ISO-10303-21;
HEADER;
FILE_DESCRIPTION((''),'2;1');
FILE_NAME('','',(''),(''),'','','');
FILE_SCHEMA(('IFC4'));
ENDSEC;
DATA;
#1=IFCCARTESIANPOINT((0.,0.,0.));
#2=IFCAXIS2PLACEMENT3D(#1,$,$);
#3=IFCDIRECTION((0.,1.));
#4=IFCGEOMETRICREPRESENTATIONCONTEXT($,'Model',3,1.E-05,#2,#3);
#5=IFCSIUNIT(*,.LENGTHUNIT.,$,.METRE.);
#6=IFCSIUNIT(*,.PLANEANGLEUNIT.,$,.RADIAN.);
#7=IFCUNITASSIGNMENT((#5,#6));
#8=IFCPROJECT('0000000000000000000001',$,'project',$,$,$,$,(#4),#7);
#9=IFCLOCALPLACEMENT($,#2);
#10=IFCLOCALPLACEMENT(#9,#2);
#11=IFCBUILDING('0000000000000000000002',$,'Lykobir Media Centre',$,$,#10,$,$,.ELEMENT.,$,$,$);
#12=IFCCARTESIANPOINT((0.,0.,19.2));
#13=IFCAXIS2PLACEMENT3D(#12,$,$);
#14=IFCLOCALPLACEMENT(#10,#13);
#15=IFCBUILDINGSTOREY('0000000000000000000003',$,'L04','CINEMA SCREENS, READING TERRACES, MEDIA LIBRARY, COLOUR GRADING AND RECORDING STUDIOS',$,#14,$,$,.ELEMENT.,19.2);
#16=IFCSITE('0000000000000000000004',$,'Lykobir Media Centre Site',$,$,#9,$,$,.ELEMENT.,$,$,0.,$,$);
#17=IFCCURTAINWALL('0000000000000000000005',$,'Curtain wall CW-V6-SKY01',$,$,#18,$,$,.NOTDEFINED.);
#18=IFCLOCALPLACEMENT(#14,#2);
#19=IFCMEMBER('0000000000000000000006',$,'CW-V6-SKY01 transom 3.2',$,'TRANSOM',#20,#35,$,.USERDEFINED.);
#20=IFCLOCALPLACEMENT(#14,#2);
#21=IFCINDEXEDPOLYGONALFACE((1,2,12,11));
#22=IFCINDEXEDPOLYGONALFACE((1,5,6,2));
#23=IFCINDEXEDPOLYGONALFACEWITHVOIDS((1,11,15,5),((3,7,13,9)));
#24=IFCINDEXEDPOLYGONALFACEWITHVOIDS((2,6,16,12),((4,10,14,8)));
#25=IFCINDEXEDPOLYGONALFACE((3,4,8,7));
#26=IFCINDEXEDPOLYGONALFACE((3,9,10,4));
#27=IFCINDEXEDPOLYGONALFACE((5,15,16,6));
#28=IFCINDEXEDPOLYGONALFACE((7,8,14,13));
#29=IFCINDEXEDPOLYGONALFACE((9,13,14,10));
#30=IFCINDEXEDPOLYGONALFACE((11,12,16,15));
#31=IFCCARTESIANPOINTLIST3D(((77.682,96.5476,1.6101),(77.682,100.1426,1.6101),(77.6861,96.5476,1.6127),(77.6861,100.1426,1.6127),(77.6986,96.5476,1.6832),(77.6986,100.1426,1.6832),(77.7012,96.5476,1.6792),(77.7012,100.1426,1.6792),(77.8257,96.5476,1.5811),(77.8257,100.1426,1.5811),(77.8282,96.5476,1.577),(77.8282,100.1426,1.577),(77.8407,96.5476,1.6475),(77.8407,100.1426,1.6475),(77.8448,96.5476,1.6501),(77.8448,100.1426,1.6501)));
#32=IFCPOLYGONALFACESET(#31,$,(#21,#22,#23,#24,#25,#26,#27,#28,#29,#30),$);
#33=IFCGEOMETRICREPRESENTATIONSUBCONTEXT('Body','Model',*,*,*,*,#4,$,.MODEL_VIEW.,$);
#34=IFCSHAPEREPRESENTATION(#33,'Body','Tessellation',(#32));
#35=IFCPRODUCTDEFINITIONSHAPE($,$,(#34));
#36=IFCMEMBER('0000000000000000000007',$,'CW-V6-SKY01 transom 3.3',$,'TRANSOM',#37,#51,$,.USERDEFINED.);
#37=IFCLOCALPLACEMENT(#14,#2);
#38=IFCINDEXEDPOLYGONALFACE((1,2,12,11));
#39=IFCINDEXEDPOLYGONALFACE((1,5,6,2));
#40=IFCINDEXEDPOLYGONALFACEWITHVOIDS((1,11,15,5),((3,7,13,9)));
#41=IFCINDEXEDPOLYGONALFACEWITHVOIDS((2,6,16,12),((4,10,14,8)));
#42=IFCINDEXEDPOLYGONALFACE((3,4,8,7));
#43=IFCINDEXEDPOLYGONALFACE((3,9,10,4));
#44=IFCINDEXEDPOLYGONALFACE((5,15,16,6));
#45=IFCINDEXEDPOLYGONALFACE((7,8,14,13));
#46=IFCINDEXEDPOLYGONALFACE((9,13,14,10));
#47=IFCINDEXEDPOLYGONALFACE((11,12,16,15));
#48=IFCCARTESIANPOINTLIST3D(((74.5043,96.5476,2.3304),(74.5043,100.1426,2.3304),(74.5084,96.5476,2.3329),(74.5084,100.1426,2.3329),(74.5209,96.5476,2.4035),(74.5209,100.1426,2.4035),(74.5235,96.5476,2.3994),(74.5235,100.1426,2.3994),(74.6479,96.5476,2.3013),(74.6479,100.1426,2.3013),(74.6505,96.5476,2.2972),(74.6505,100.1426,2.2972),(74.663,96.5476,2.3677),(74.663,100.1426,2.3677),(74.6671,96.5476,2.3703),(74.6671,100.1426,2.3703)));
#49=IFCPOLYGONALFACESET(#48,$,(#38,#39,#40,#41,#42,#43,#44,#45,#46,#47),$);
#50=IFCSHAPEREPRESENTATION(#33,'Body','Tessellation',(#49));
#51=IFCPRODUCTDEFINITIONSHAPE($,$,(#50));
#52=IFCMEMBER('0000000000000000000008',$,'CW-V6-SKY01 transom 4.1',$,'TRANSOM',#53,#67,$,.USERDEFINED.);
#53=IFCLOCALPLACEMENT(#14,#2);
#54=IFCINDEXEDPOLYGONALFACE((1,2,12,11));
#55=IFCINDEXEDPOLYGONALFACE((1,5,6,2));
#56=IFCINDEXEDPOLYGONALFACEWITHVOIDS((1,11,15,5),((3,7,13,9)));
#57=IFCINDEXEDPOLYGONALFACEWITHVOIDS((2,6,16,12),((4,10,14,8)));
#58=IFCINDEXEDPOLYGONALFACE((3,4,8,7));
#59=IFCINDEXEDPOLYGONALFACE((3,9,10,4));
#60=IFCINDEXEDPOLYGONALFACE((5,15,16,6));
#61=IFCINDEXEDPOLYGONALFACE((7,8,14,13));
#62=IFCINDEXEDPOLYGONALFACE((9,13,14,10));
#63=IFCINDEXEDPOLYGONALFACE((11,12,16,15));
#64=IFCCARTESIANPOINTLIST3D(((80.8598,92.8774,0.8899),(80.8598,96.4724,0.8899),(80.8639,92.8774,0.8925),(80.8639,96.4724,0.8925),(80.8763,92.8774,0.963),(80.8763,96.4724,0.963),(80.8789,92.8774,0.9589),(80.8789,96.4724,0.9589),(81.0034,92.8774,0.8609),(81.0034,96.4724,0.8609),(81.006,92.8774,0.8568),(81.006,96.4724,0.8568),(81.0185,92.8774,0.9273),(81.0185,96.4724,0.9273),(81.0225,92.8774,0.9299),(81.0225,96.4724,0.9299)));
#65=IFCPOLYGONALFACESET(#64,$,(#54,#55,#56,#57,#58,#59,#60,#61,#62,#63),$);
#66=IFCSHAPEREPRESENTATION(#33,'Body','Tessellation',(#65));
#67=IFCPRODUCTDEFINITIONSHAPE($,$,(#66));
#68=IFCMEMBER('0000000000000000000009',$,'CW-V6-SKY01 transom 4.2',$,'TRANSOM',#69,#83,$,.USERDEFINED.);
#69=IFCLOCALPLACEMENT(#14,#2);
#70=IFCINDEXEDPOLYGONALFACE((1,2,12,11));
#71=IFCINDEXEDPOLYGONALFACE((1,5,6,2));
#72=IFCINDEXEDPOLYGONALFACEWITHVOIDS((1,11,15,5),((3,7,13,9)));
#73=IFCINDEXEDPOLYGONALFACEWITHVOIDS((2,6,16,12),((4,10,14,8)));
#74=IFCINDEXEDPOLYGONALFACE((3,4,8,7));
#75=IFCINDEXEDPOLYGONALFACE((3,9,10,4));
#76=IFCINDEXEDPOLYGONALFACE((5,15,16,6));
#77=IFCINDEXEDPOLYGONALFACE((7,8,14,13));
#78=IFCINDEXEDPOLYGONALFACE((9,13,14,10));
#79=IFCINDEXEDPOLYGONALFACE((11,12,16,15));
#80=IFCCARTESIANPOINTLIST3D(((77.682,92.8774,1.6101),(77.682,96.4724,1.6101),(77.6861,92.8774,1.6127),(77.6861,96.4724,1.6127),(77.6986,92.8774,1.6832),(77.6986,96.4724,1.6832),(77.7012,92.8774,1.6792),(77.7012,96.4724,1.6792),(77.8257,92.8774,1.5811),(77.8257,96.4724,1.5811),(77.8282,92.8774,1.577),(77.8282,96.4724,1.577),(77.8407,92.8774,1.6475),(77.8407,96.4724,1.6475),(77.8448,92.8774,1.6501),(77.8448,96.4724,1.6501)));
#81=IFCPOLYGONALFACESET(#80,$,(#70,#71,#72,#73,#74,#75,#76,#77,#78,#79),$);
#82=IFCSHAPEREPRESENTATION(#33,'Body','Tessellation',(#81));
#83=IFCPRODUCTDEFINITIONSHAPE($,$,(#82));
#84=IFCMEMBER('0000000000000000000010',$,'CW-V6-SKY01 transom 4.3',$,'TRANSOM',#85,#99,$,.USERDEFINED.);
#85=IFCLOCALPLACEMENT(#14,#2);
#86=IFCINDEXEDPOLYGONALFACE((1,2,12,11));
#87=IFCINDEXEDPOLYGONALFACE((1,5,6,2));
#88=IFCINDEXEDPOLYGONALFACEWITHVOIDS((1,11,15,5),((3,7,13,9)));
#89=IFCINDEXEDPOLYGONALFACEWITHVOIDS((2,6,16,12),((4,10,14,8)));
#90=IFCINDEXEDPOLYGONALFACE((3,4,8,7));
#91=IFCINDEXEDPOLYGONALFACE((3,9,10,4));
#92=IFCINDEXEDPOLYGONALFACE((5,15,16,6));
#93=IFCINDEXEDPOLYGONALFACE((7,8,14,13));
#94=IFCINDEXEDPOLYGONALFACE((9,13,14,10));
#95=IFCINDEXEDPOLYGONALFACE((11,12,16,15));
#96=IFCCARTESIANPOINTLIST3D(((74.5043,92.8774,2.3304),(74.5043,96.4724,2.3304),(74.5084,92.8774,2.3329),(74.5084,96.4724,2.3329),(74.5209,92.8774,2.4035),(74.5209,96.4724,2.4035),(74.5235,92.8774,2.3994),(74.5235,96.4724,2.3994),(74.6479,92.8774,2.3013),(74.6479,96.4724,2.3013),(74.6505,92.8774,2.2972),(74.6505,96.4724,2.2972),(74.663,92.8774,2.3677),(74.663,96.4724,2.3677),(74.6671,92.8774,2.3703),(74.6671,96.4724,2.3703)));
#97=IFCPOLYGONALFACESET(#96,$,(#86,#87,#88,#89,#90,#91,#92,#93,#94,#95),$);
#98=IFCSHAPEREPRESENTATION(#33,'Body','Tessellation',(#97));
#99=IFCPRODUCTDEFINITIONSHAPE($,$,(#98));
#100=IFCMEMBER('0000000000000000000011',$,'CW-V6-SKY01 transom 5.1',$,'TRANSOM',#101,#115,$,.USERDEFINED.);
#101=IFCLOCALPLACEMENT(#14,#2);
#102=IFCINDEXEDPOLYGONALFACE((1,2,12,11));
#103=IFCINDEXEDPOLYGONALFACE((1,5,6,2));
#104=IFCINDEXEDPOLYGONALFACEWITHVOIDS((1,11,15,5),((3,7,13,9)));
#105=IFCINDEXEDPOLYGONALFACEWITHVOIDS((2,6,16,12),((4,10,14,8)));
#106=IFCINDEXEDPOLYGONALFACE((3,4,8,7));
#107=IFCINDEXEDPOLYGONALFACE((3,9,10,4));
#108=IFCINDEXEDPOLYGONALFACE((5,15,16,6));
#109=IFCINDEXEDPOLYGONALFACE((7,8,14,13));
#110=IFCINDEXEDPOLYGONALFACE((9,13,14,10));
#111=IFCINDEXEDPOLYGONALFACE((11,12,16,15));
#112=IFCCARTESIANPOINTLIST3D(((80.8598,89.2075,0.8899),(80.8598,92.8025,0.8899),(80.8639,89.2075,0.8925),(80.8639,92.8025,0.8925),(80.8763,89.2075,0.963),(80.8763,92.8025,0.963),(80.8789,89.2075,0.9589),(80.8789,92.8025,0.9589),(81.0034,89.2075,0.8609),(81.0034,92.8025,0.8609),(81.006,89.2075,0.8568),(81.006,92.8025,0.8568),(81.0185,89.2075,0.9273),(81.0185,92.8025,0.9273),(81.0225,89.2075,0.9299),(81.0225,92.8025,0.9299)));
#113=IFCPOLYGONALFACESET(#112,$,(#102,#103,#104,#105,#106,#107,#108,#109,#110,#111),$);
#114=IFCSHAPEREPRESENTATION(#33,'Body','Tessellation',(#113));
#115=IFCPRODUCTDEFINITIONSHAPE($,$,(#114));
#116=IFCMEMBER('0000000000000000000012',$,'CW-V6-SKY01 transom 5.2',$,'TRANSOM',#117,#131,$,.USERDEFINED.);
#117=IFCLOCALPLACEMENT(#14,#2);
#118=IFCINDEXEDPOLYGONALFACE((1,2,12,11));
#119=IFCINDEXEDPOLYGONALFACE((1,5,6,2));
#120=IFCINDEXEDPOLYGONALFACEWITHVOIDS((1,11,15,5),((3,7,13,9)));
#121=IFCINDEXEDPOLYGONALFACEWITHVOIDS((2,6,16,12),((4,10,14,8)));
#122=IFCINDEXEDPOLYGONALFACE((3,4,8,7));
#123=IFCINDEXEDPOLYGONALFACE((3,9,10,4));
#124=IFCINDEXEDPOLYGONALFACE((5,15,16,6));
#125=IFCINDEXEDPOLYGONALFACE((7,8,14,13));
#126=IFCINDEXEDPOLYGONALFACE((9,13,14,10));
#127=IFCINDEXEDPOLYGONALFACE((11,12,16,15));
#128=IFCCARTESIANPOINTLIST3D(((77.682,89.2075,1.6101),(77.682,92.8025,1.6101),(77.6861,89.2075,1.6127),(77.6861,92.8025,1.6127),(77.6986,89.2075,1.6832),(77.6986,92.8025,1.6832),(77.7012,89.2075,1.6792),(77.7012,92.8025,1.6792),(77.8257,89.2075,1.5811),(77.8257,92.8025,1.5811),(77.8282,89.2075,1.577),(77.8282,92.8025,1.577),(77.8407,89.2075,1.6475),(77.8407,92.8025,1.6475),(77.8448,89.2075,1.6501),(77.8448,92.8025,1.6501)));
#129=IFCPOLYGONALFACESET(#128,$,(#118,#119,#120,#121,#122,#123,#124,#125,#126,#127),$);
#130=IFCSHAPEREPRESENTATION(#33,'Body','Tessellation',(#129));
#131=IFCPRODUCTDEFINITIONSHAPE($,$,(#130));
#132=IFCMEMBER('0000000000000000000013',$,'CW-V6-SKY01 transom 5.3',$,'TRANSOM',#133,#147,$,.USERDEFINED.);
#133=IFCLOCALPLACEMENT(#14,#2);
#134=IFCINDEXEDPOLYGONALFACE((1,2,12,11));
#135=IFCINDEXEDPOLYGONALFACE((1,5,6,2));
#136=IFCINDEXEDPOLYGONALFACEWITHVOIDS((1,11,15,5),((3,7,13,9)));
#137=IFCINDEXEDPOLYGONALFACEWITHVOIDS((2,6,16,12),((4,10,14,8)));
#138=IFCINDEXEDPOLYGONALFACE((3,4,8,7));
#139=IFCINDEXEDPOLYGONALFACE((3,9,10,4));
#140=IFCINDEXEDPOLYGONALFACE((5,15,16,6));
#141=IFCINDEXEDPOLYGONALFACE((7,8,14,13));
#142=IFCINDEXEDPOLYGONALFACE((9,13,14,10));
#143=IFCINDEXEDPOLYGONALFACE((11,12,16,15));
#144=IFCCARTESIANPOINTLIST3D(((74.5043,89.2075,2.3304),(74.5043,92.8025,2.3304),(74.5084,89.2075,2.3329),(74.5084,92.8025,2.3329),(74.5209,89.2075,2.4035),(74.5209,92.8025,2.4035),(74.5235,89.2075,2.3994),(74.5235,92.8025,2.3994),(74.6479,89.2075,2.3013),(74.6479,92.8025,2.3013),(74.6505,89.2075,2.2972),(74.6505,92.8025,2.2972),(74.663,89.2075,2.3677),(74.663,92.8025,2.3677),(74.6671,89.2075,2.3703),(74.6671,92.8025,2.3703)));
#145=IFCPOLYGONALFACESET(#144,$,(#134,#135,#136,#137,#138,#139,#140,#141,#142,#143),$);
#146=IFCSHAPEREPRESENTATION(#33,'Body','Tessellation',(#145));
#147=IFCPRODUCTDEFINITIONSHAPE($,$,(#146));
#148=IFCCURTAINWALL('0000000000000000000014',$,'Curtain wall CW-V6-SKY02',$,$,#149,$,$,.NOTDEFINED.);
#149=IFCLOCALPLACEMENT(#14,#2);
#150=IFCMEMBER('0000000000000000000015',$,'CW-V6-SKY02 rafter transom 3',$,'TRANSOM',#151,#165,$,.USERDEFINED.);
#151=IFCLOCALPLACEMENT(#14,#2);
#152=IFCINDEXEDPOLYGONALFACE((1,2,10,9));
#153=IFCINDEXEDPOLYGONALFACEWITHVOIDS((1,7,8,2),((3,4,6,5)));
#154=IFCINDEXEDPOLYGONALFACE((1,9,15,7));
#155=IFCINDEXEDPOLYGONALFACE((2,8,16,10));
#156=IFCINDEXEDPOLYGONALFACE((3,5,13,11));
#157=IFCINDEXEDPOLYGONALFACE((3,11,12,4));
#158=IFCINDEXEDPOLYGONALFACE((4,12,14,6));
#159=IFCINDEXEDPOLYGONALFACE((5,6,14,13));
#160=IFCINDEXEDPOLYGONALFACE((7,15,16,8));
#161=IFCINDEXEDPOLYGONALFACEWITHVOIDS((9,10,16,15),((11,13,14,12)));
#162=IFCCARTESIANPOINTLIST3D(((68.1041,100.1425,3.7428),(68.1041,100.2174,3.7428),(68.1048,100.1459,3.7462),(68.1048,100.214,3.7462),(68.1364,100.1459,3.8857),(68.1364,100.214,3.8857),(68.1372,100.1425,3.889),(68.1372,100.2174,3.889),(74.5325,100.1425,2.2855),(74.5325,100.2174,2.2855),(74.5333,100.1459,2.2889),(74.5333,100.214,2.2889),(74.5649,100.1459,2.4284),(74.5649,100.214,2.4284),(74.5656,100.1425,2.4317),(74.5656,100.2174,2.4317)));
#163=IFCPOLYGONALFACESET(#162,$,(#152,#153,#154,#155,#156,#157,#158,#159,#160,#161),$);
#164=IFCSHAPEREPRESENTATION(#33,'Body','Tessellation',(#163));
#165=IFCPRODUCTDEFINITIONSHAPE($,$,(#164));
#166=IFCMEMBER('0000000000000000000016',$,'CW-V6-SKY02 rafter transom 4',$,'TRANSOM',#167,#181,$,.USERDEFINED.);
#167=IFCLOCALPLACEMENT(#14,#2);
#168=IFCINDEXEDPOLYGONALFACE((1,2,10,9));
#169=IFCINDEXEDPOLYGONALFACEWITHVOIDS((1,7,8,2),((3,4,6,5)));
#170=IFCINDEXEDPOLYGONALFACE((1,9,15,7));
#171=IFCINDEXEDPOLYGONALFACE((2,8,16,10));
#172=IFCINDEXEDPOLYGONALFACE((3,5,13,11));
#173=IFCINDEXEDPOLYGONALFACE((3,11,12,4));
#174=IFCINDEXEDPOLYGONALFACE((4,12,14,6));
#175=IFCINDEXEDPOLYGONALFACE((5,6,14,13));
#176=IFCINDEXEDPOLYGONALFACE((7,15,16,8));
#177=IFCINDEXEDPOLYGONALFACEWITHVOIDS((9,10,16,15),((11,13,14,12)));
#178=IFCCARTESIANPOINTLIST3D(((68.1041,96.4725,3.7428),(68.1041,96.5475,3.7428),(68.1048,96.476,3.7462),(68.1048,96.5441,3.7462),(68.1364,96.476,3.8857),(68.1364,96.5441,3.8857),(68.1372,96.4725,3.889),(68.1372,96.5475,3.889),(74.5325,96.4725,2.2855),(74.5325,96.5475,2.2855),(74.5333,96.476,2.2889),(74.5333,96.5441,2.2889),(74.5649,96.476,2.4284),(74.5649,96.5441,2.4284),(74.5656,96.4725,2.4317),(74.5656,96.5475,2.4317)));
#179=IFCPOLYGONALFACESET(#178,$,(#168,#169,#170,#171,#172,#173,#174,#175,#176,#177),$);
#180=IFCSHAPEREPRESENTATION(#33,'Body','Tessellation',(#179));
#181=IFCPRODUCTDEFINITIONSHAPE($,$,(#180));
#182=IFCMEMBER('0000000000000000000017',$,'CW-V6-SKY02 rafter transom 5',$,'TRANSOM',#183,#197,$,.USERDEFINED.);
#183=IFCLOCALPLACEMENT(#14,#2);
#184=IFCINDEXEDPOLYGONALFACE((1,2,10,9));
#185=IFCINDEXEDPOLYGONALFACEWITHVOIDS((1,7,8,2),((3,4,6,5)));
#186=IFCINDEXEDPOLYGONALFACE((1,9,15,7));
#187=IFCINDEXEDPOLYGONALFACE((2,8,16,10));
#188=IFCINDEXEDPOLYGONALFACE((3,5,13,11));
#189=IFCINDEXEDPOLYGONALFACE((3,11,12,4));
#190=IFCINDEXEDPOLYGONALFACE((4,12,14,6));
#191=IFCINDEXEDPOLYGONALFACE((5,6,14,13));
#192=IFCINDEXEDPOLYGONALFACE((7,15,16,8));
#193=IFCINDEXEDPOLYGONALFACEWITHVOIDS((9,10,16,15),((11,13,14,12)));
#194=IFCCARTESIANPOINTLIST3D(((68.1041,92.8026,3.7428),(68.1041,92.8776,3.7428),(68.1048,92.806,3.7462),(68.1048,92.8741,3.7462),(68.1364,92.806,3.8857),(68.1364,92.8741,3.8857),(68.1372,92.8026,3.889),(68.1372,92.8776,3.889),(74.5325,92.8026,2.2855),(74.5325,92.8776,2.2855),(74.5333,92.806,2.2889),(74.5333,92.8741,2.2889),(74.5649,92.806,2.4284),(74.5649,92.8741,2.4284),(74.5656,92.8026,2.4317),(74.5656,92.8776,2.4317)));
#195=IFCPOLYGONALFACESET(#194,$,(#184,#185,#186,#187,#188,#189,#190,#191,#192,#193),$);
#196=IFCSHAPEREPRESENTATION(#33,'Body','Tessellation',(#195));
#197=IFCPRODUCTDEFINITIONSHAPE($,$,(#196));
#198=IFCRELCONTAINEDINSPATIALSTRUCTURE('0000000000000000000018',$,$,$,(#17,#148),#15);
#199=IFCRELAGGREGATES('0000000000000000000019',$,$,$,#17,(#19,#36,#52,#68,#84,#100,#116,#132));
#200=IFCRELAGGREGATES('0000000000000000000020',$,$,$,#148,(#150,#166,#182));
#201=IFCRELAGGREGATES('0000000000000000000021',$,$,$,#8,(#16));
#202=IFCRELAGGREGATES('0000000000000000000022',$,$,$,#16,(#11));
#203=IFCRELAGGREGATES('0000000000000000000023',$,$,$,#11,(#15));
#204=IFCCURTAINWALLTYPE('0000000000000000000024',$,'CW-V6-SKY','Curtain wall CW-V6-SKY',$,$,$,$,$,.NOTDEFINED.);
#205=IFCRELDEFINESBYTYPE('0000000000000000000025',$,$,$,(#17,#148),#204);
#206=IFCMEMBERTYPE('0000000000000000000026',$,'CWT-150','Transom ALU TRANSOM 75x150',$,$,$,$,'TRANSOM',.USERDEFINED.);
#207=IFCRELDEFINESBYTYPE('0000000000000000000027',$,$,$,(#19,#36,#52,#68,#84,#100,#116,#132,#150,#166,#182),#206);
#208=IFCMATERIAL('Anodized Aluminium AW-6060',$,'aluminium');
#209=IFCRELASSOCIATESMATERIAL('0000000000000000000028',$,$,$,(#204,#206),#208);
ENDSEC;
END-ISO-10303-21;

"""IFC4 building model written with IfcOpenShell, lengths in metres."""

from ifc_helpers import new_model, si_unit, direction, frame, origin, origin_2d, place, context, subcontext, project, spatial, hollow_rectangle, extrude, material, material_profile, profile_set, type_object, element, aggregate, save


model = new_model("IFC4")

# Units and contexts
model_context = context("Model", 3, precision=1e-05, world=origin(), true_north=direction((0.0, 1.0)))
body_context = subcontext(model_context, "Body", "Model", "MODEL_VIEW")
ifc_project = project(units=[si_unit("LENGTHUNIT", "METRE"), si_unit("PLANEANGLEUNIT", "RADIAN")], contexts=[model_context])

# Site, building, storey
site_placement = place(None, origin())
site = spatial("IfcSite", under=ifc_project, at=site_placement, Name="Lykobir Media Centre Site", CompositionType="ELEMENT", RefElevation=0.0)
building_placement = place(site_placement, origin())
building = spatial("IfcBuilding", under=site, at=building_placement, Name="Lykobir Media Centre", CompositionType="ELEMENT")
storey_placement = place(building_placement, frame((0.0, 0.0, 19.2)))
storey = spatial("IfcBuildingStorey", under=building, at=storey_placement, Name="L04", Description="CINEMA SCREENS, READING TERRACES, MEDIA LIBRARY, COLOUR GRADING AND RECORDING STUDIOS", CompositionType="ELEMENT", Elevation=19.2)

# Curtain walls, members
ifc_material_1 = material(Name="Anodized Aluminium AW-6060", Category="aluminium")
curtain_wall_type = type_object("IfcCurtainWallType", Name="CW-V6-SKY", Description="Curtain wall CW-V6-SKY", PredefinedType="NOTDEFINED", material=ifc_material_1)
curtain_wall_1_placement = place(storey_placement, origin())
curtain_wall_1 = element("IfcCurtainWall", 1, at=curtain_wall_1_placement, inside=storey, type_object=curtain_wall_type, Name="Curtain wall CW-V6-SKY01", PredefinedType="NOTDEFINED")
ifc_material_profile_1 = material_profile(ifc_material_1, hollow_rectangle(XDim=0.075, YDim=0.1499, WallThickness=0.0034, at=origin_2d()), Name="ALU TRANSOM 75x150")
ifc_profile_set_1 = profile_set([ifc_material_profile_1], Name="Anodized Aluminium AW-6060")
member_type_1 = type_object("IfcMemberType", Name="CWT-150", Description="Transom ALU TRANSOM 75x150", ElementType="TRANSOM", PredefinedType="USERDEFINED", material=ifc_profile_set_1)
member_1_placement = place(storey_placement, frame((77.7634, 100.1426, 1.6301), z_axis=(0.0, -1.0, 0.0), x_axis=(0.221055, 0.0, 0.975261)))
member_1 = element("IfcMember", 2, at=member_1_placement, type_object=member_type_1, Name="CW-V6-SKY01 transom 3.2", ObjectType="TRANSOM", PredefinedType="USERDEFINED", context=body_context, shape_type="SweptSolid", body=[
    extrude(hollow_rectangle(XDim=0.075, YDim=0.1499, WallThickness=0.0034, at=origin_2d()), origin(), (0.0, 0.0, 1.0), 3.595),
])
member_2_placement = place(storey_placement, frame((74.5857, 100.1426, 2.3503), z_axis=(0.0, -1.0, 0.0), x_axis=(0.221055, 0.0, 0.975261)))
member_2 = element("IfcMember", 3, at=member_2_placement, type_object=member_type_1, Name="CW-V6-SKY01 transom 3.3", ObjectType="TRANSOM", PredefinedType="USERDEFINED", context=body_context, shape_type="SweptSolid", body=[
    extrude(hollow_rectangle(XDim=0.075, YDim=0.1499, WallThickness=0.0034, at=origin_2d()), origin(), (0.0, 0.0, 1.0), 3.595),
])
member_3_placement = place(storey_placement, frame((80.9412, 96.4724, 0.9099), z_axis=(0.0, -1.0, 0.0), x_axis=(0.221055, 0.0, 0.975261)))
member_3 = element("IfcMember", 4, at=member_3_placement, type_object=member_type_1, Name="CW-V6-SKY01 transom 4.1", ObjectType="TRANSOM", PredefinedType="USERDEFINED", context=body_context, shape_type="SweptSolid", body=[
    extrude(hollow_rectangle(XDim=0.075, YDim=0.1499, WallThickness=0.0034, at=origin_2d()), origin(), (0.0, 0.0, 1.0), 3.595),
])
member_4_placement = place(storey_placement, frame((77.7634, 96.4724, 1.6301), z_axis=(0.0, -1.0, 0.0), x_axis=(0.221055, 0.0, 0.975261)))
member_4 = element("IfcMember", 5, at=member_4_placement, type_object=member_type_1, Name="CW-V6-SKY01 transom 4.2", ObjectType="TRANSOM", PredefinedType="USERDEFINED", context=body_context, shape_type="SweptSolid", body=[
    extrude(hollow_rectangle(XDim=0.075, YDim=0.1499, WallThickness=0.0034, at=origin_2d()), origin(), (0.0, 0.0, 1.0), 3.595),
])
member_5_placement = place(storey_placement, frame((74.5857, 96.4724, 2.3503), z_axis=(0.0, -1.0, 0.0), x_axis=(0.221055, 0.0, 0.975261)))
member_5 = element("IfcMember", 6, at=member_5_placement, type_object=member_type_1, Name="CW-V6-SKY01 transom 4.3", ObjectType="TRANSOM", PredefinedType="USERDEFINED", context=body_context, shape_type="SweptSolid", body=[
    extrude(hollow_rectangle(XDim=0.075, YDim=0.1499, WallThickness=0.0034, at=origin_2d()), origin(), (0.0, 0.0, 1.0), 3.595),
])
member_6_placement = place(storey_placement, frame((80.9412, 92.8025, 0.9099), z_axis=(0.0, -1.0, 0.0), x_axis=(0.221055, 0.0, 0.975261)))
member_6 = element("IfcMember", 7, at=member_6_placement, type_object=member_type_1, Name="CW-V6-SKY01 transom 5.1", ObjectType="TRANSOM", PredefinedType="USERDEFINED", context=body_context, shape_type="SweptSolid", body=[
    extrude(hollow_rectangle(XDim=0.075, YDim=0.1499, WallThickness=0.0034, at=origin_2d()), origin(), (0.0, 0.0, 1.0), 3.595),
])
member_7_placement = place(storey_placement, frame((77.7634, 92.8025, 1.6301), z_axis=(0.0, -1.0, 0.0), x_axis=(0.221055, 0.0, 0.975261)))
member_7 = element("IfcMember", 8, at=member_7_placement, type_object=member_type_1, Name="CW-V6-SKY01 transom 5.2", ObjectType="TRANSOM", PredefinedType="USERDEFINED", context=body_context, shape_type="SweptSolid", body=[
    extrude(hollow_rectangle(XDim=0.075, YDim=0.1499, WallThickness=0.0034, at=origin_2d()), origin(), (0.0, 0.0, 1.0), 3.595),
])
member_8_placement = place(storey_placement, frame((74.5857, 92.8025, 2.3503), z_axis=(0.0, -1.0, 0.0), x_axis=(0.221055, 0.0, 0.975261)))
member_8 = element("IfcMember", 9, at=member_8_placement, type_object=member_type_1, Name="CW-V6-SKY01 transom 5.3", ObjectType="TRANSOM", PredefinedType="USERDEFINED", context=body_context, shape_type="SweptSolid", body=[
    extrude(hollow_rectangle(XDim=0.075, YDim=0.1499, WallThickness=0.0034, at=origin_2d()), origin(), (0.0, 0.0, 1.0), 3.595),
])
curtain_wall_2_placement = place(storey_placement, origin())
curtain_wall_2 = element("IfcCurtainWall", 10, at=curtain_wall_2_placement, inside=storey, type_object=curtain_wall_type, Name="Curtain wall CW-V6-SKY02", PredefinedType="NOTDEFINED")
member_9_placement = place(storey_placement, frame((74.5491, 100.1799, 2.3586), z_axis=(-0.975255, 0.0, 0.221082), x_axis=(0.0, -1.0, 0.0)))
member_9 = element("IfcMember", 11, at=member_9_placement, type_object=member_type_1, Name="CW-V6-SKY02 rafter transom 3", ObjectType="TRANSOM", PredefinedType="USERDEFINED", context=body_context, shape_type="SweptSolid", body=[
    extrude(hollow_rectangle(XDim=0.075, YDim=0.1499, WallThickness=0.0034, at=origin_2d()), origin(), (0.0, 0.0, 1.0), 6.5916),
])
member_10_placement = place(storey_placement, frame((74.5491, 96.51, 2.3586), z_axis=(-0.975255, 0.0, 0.221082), x_axis=(0.0, -1.0, 0.0)))
member_10 = element("IfcMember", 12, at=member_10_placement, type_object=member_type_1, Name="CW-V6-SKY02 rafter transom 4", ObjectType="TRANSOM", PredefinedType="USERDEFINED", context=body_context, shape_type="SweptSolid", body=[
    extrude(hollow_rectangle(XDim=0.075, YDim=0.1499, WallThickness=0.0034, at=origin_2d()), origin(), (0.0, 0.0, 1.0), 6.5916),
])
member_11_placement = place(storey_placement, frame((74.5491, 92.8401, 2.3586), z_axis=(-0.975255, 0.0, 0.221082), x_axis=(0.0, -1.0, 0.0)))
member_11 = element("IfcMember", 13, at=member_11_placement, type_object=member_type_1, Name="CW-V6-SKY02 rafter transom 5", ObjectType="TRANSOM", PredefinedType="USERDEFINED", context=body_context, shape_type="SweptSolid", body=[
    extrude(hollow_rectangle(XDim=0.075, YDim=0.1499, WallThickness=0.0034, at=origin_2d()), origin(), (0.0, 0.0, 1.0), 6.5916),
])

aggregate(curtain_wall_1, [member_1, member_2, member_3, member_4, member_5, member_6, member_7, member_8])
aggregate(curtain_wall_2, [member_9, member_10, member_11])

save(model, "model.ifc")
